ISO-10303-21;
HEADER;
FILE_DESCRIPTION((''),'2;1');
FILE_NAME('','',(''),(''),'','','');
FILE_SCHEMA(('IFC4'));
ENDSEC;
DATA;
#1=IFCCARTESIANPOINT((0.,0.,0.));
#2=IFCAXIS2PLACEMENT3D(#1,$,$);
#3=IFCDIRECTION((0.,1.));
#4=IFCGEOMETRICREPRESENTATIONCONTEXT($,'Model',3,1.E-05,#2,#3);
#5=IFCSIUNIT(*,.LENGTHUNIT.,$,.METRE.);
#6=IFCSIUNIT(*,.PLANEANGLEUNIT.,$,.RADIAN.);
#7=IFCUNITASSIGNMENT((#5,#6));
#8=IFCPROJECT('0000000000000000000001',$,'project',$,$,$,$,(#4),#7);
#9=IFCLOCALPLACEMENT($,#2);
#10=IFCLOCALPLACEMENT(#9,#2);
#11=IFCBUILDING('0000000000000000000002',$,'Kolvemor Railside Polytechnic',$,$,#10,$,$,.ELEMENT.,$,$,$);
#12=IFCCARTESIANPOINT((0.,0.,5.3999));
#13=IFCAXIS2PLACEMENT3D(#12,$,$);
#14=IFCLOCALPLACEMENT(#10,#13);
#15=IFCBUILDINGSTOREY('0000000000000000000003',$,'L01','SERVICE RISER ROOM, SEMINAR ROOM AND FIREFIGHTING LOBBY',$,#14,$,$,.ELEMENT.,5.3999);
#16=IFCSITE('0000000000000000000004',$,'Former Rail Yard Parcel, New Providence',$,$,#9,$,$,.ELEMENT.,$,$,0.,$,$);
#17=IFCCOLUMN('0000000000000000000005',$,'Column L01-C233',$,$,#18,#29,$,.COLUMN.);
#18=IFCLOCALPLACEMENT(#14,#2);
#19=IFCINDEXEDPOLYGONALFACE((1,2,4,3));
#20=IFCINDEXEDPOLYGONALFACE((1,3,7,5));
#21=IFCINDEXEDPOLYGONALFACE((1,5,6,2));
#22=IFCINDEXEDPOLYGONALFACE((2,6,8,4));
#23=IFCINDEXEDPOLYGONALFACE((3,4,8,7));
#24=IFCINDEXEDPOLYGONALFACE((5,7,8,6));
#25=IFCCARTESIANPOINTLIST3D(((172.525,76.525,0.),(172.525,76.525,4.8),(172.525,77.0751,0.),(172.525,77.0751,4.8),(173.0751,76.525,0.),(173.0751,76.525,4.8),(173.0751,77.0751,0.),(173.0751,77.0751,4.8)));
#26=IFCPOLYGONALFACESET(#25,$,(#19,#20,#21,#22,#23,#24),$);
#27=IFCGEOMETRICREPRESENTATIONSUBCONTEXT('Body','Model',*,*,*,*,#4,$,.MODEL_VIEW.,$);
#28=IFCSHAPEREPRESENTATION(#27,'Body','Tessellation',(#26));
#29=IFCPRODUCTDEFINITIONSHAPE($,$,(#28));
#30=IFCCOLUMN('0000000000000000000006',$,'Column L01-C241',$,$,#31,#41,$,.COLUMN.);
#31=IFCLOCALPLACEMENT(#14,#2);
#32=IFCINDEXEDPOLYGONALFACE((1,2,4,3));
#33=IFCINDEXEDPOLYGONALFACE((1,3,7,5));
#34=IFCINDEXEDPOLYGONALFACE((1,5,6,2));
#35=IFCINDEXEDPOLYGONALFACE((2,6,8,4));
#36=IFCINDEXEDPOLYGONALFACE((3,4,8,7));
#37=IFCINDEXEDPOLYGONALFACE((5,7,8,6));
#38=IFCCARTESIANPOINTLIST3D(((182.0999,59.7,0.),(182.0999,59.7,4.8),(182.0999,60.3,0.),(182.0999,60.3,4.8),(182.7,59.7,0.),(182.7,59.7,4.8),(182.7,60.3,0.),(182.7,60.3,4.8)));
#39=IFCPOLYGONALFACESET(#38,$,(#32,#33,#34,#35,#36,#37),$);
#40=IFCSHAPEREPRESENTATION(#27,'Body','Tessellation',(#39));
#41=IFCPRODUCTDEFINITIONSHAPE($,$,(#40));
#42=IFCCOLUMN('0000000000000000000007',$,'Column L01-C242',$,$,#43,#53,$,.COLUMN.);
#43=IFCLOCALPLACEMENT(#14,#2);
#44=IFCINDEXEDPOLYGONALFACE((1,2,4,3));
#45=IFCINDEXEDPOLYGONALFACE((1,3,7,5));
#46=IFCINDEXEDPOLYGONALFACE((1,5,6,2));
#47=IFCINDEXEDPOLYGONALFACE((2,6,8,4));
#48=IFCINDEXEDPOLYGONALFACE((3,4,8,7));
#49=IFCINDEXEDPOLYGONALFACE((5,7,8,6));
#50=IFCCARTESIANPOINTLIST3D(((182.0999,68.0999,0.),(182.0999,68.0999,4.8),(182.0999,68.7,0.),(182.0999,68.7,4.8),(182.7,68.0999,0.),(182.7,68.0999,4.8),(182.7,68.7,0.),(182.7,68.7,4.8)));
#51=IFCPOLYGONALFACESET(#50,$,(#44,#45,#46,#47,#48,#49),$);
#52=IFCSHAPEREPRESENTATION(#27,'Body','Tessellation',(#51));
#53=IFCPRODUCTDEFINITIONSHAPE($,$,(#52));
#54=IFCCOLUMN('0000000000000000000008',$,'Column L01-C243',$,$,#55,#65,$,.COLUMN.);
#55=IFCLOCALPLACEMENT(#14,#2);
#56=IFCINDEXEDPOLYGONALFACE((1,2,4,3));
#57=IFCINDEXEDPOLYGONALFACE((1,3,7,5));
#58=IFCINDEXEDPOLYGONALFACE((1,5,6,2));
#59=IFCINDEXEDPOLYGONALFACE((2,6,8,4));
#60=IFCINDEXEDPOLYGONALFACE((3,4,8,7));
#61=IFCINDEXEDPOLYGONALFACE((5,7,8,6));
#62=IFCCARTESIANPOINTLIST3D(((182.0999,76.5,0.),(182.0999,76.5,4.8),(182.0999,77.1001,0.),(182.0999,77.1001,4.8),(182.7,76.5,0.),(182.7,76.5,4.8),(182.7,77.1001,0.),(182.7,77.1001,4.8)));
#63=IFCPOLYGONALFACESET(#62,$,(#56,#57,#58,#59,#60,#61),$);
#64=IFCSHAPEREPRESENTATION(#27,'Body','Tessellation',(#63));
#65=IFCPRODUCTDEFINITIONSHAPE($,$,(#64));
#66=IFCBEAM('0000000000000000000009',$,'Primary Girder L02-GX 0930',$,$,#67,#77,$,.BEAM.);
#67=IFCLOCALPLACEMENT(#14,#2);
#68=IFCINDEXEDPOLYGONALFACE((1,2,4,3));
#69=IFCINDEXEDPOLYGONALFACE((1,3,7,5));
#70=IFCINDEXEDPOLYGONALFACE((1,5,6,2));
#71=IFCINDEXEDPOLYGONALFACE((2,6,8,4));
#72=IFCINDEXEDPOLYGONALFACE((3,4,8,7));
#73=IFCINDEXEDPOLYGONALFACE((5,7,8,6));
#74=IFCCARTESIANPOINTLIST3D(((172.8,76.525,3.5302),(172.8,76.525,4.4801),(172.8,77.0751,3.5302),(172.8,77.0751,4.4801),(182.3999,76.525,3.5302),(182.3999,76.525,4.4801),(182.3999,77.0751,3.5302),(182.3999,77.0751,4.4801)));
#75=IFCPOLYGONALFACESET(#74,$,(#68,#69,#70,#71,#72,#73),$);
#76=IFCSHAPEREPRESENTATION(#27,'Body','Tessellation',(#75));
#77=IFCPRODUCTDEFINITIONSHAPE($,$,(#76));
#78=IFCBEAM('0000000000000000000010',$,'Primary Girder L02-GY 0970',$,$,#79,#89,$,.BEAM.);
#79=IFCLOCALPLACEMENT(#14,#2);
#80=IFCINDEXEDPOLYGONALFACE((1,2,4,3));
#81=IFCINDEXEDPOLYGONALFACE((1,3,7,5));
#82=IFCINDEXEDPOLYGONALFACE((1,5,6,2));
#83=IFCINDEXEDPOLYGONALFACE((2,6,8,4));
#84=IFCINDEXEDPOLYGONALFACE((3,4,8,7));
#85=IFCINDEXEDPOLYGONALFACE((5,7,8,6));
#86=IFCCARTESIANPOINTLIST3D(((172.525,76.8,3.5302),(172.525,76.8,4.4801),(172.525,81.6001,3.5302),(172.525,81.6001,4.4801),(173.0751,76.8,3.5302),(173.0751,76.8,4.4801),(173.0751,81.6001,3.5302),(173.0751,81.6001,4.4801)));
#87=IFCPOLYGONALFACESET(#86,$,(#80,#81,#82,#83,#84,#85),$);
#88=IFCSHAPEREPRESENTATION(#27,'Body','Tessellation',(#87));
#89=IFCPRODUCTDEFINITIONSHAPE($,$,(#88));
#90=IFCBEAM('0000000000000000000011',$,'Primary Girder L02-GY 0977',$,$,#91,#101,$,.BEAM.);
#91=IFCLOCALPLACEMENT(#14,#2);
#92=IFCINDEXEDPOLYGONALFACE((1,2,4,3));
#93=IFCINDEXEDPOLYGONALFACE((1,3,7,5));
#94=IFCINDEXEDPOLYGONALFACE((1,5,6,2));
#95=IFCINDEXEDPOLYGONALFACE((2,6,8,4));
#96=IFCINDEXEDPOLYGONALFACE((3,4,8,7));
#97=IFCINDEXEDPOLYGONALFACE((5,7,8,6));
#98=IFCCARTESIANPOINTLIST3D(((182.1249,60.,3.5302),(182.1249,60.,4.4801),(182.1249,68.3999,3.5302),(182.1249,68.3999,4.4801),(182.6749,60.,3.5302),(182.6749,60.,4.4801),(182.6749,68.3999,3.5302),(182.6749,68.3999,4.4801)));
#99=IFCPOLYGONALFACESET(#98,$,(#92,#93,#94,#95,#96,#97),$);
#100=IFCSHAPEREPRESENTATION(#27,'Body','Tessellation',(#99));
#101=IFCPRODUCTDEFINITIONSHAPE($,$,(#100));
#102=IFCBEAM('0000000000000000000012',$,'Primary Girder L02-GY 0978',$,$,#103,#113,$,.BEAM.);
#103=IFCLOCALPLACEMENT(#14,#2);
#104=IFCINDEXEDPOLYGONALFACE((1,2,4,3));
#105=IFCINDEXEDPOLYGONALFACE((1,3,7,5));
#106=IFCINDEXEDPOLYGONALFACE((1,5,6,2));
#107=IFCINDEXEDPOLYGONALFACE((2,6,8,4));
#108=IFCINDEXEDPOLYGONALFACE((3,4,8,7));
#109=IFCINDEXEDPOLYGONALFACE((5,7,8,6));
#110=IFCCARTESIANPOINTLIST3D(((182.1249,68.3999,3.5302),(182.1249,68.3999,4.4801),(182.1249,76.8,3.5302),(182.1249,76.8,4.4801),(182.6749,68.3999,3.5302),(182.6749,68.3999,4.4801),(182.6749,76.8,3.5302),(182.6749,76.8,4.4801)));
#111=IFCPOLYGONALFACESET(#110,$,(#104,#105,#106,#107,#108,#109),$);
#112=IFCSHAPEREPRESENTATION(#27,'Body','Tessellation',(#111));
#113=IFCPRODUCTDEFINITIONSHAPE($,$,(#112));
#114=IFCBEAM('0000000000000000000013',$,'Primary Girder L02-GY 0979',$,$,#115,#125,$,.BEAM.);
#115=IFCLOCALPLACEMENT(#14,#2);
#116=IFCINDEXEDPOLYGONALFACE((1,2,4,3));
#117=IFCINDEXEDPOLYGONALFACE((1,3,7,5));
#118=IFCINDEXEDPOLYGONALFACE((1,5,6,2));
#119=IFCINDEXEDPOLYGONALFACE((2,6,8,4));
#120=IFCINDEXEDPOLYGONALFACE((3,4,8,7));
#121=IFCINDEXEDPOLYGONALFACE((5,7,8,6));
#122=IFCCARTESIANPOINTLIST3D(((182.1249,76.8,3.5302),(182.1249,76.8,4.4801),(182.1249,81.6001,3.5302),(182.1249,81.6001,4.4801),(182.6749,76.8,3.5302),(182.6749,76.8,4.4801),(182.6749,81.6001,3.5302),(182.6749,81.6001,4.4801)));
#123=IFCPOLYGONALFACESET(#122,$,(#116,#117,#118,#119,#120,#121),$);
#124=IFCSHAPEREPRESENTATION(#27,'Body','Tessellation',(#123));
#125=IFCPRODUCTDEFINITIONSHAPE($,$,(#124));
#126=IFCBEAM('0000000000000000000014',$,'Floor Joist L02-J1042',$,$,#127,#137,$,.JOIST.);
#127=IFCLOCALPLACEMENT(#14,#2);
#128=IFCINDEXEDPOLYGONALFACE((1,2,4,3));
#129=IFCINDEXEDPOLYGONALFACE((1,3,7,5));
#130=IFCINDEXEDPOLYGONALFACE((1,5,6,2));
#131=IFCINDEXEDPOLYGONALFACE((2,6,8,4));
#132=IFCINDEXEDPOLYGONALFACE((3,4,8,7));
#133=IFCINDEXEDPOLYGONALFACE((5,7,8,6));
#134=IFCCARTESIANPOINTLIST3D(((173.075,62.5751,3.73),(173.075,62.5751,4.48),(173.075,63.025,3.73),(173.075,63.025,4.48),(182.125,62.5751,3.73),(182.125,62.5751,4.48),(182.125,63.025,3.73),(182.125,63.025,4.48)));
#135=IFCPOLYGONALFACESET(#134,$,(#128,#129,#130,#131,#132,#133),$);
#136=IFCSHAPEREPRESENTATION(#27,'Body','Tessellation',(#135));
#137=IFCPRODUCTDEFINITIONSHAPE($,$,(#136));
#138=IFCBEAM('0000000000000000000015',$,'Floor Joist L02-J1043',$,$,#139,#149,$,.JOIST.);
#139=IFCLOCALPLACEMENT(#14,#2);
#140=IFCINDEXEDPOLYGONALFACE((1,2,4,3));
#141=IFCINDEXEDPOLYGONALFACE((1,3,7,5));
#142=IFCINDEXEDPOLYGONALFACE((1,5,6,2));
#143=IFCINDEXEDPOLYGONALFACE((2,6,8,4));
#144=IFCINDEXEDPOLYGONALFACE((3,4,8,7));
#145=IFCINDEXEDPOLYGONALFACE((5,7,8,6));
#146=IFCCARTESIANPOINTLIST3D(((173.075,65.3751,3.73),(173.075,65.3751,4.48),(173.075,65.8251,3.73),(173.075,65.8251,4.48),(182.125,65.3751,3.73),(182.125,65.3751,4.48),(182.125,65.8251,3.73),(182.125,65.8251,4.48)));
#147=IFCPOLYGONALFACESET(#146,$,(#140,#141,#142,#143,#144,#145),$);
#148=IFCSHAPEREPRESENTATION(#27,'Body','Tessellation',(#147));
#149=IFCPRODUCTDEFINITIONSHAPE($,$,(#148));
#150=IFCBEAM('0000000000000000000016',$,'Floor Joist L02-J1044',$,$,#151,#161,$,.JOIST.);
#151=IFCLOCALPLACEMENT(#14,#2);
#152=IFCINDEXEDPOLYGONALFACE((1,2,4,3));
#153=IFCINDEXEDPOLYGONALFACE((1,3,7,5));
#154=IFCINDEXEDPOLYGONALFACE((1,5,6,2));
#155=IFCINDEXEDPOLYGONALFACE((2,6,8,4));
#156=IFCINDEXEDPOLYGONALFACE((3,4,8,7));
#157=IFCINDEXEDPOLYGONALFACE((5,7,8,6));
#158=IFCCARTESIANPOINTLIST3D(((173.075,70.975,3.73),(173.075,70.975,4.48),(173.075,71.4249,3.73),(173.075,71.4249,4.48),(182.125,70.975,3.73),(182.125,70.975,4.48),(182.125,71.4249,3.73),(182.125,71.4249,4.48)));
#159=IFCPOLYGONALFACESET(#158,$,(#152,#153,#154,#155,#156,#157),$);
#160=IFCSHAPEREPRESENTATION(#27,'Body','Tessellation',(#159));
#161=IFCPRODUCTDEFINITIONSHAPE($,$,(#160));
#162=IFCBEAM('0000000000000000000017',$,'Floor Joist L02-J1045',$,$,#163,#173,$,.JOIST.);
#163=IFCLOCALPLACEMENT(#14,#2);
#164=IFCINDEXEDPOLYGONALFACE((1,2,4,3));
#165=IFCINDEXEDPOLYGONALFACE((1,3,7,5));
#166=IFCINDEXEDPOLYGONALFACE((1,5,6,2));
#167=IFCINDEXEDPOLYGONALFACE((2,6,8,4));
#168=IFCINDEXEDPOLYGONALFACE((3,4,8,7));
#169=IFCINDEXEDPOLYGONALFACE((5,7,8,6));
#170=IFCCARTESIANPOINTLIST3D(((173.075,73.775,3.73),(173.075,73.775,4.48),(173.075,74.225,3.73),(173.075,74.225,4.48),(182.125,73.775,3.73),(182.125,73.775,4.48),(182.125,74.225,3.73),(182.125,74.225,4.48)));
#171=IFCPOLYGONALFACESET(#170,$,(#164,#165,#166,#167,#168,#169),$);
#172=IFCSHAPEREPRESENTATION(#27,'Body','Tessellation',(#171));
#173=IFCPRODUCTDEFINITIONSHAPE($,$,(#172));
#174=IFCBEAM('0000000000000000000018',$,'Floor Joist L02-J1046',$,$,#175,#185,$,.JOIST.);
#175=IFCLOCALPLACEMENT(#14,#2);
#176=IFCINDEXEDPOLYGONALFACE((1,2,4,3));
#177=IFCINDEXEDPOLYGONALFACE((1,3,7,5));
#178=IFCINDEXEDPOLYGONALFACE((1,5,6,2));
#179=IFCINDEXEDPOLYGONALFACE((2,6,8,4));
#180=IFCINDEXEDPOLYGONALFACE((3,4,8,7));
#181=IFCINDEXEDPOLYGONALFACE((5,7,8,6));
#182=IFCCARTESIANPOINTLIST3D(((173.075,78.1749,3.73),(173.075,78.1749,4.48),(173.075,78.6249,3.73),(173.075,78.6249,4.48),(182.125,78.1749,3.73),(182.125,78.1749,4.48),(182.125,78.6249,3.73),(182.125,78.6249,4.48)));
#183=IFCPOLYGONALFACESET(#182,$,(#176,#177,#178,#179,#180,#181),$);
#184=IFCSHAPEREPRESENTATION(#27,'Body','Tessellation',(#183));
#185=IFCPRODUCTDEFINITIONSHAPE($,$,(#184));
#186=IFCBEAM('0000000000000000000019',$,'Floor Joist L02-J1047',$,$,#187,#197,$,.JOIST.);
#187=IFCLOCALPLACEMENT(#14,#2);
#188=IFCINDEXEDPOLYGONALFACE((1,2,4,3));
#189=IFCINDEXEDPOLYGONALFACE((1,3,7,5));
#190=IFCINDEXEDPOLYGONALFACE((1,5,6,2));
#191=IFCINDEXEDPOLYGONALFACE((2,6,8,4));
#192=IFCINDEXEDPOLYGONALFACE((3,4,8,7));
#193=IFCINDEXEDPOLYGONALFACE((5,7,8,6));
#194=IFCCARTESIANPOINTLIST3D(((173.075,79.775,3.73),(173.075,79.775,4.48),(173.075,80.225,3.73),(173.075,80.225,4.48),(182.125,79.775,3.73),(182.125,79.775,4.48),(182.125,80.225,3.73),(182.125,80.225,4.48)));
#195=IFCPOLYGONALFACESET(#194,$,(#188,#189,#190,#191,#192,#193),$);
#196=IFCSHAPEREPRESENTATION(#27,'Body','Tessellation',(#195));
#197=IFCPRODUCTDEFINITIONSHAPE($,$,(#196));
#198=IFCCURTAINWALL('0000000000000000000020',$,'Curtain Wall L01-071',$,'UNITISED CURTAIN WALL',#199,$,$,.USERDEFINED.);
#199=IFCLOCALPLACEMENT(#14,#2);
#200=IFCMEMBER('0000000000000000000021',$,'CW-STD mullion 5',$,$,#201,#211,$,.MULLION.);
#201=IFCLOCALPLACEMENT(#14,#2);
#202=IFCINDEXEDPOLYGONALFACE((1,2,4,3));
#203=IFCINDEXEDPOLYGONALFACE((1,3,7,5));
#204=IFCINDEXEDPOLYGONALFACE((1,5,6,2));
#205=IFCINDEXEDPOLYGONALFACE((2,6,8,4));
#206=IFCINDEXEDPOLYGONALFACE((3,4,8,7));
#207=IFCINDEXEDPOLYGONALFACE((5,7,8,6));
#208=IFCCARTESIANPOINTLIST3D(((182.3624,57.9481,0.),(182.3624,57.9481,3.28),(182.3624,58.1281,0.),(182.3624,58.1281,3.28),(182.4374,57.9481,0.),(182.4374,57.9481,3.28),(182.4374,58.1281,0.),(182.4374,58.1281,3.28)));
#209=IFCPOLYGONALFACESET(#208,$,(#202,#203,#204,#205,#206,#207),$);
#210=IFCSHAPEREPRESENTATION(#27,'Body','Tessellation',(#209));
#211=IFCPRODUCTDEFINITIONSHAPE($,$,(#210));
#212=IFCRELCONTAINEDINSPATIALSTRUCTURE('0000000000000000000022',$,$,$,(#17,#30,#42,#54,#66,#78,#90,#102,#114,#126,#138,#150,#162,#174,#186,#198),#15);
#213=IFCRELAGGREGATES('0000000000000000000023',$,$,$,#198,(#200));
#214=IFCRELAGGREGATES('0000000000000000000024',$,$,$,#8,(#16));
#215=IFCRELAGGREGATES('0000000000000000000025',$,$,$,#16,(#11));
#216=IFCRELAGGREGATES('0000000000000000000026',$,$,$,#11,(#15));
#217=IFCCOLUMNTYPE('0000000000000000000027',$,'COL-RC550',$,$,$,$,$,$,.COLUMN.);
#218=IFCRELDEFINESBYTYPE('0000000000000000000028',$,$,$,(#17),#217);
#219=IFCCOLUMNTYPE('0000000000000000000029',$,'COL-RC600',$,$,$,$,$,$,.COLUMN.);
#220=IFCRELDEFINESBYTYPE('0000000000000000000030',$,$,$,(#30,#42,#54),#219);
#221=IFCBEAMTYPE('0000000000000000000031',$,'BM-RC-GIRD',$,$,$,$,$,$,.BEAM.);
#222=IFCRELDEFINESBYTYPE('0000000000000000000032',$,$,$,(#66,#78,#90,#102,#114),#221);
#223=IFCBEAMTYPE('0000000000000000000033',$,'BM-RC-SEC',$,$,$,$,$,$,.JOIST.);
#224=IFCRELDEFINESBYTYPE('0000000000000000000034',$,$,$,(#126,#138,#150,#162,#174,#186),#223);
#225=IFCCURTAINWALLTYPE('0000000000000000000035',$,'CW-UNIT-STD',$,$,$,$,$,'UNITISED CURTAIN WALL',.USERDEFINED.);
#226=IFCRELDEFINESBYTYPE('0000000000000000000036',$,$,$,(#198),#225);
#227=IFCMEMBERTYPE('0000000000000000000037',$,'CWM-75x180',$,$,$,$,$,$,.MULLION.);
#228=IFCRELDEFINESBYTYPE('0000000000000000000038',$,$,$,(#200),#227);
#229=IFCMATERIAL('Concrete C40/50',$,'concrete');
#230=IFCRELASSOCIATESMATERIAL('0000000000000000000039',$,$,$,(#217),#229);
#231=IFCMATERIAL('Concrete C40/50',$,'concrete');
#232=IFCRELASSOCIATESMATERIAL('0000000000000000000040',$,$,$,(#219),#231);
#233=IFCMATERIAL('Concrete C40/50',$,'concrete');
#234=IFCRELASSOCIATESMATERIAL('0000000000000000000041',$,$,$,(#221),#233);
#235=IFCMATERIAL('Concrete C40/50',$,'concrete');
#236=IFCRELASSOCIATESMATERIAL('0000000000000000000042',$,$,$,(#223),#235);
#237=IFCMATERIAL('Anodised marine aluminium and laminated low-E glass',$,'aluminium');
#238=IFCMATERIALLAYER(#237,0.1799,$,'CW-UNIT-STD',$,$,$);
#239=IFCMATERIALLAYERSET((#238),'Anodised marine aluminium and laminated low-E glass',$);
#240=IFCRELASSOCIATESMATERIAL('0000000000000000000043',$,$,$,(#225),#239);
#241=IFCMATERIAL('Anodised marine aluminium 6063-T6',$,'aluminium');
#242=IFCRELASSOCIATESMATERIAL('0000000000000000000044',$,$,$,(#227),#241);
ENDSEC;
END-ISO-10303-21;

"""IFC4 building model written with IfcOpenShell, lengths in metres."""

from ifc_helpers import new_model, si_unit, direction, frame, origin, origin_2d, place, context, subcontext, project, spatial, rectangle, extrude, material, layer, layer_set, material_profile, profile_set, type_object, element, aggregate, save


model = new_model("IFC4")

# Units and contexts
model_context = context("Model", 3, precision=1e-05, world=origin(), true_north=direction((0.0, 1.0)))
body_context = subcontext(model_context, "Body", "Model", "MODEL_VIEW")
ifc_project = project(units=[si_unit("LENGTHUNIT", "METRE"), si_unit("PLANEANGLEUNIT", "RADIAN")], contexts=[model_context])

# Site, building, storey
site_placement = place(None, origin())
site = spatial("IfcSite", under=ifc_project, at=site_placement, Name="Former Rail Yard Parcel, New Providence", CompositionType="ELEMENT", RefElevation=0.0)
building_placement = place(site_placement, origin())
building = spatial("IfcBuilding", under=site, at=building_placement, Name="Kolvemor Railside Polytechnic", CompositionType="ELEMENT")
storey_placement = place(building_placement, frame((0.0, 0.0, 5.3999)))
storey = spatial("IfcBuildingStorey", under=building, at=storey_placement, Name="L01", Description="SERVICE RISER ROOM, SEMINAR ROOM AND FIREFIGHTING LOBBY", CompositionType="ELEMENT", Elevation=5.3999)

# Columns
ifc_material_1 = material(Name="Concrete C40/50", Category="concrete")
ifc_material_profile_1 = material_profile(ifc_material_1, rectangle(XDim=0.55, YDim=0.55, at=origin_2d()), Name="RC550x550")
ifc_profile_set_1 = profile_set([ifc_material_profile_1], Name="Concrete C40/50")
column_type_1 = type_object("IfcColumnType", Name="COL-RC550", PredefinedType="COLUMN", material=ifc_profile_set_1)
column_placement = place(storey_placement, frame((172.8, 76.8, 0.0), z_axis=(0.0, 0.0, 1.0), x_axis=(1.0, 0.0, 0.0)))
element("IfcColumn", 1, at=column_placement, inside=storey, type_object=column_type_1, Name="Column L01-C233", PredefinedType="COLUMN", context=body_context, shape_type="SweptSolid", body=[
    extrude(rectangle(XDim=0.55, YDim=0.55, at=origin_2d()), origin(), (0.0, 0.0, 1.0), 4.8),
])
ifc_material_2 = material(Name="Concrete C40/50", Category="concrete")
ifc_material_profile_2 = material_profile(ifc_material_2, rectangle(XDim=0.6001, YDim=0.6001, at=origin_2d()), Name="RC600x600")
ifc_profile_set_2 = profile_set([ifc_material_profile_2], Name="Concrete C40/50")
column_type_2 = type_object("IfcColumnType", Name="COL-RC600", PredefinedType="COLUMN", material=ifc_profile_set_2)
for number, where, z_axis, x_axis, name in (
    (2, (182.3999, 60.0, 0.0), (0.0, 0.0, 1.0), (1.0, 0.0, 0.0), "Column L01-C241"),
    (3, (182.3999, 68.3999, 0.0), (0.0, 0.0, 1.0), (1.0, 0.0, 0.0), "Column L01-C242"),
    (4, (182.3999, 76.8, 0.0), (0.0, 0.0, 1.0), (1.0, 0.0, 0.0), "Column L01-C243"),
):
    element("IfcColumn", number, at=place(storey_placement, frame(where, z_axis=z_axis, x_axis=x_axis)), inside=storey, type_object=column_type_2, Name=name, PredefinedType="COLUMN", context=body_context, shape_type="SweptSolid", body=[
        extrude(rectangle(XDim=0.6001, YDim=0.6001, at=origin_2d()), origin(), (0.0, 0.0, 1.0), 4.8),
    ])

# Beams
ifc_material_3 = material(Name="Concrete C40/50", Category="concrete")
ifc_material_profile_3 = material_profile(ifc_material_3, rectangle(XDim=0.55, YDim=0.95, at=origin_2d()), Name="RC550x950")
ifc_profile_set_3 = profile_set([ifc_material_profile_3], Name="Concrete C40/50")
beam_type_1 = type_object("IfcBeamType", Name="BM-RC-GIRD", PredefinedType="BEAM", material=ifc_profile_set_3)
beam_1_placement = place(storey_placement, frame((172.8, 76.8, 4.0051), z_axis=(1.0, 0.0, 0.0), x_axis=(0.0, 1.0, 0.0)))
element("IfcBeam", 5, at=beam_1_placement, inside=storey, type_object=beam_type_1, Name="Primary Girder L02-GX 0930", PredefinedType="BEAM", context=body_context, shape_type="SweptSolid", body=[
    extrude(rectangle(XDim=0.55, YDim=0.95, at=origin_2d()), origin(), (0.0, 0.0, 1.0), 9.5999),
])
beam_2_placement = place(storey_placement, frame((172.8, 76.8, 4.0051), z_axis=(0.0, 1.0, 0.0), x_axis=(-1.0, 0.0, 0.0)))
element("IfcBeam", 6, at=beam_2_placement, inside=storey, type_object=beam_type_1, Name="Primary Girder L02-GY 0970", PredefinedType="BEAM", context=body_context, shape_type="SweptSolid", body=[
    extrude(rectangle(XDim=0.55, YDim=0.95, at=origin_2d()), origin(), (0.0, 0.0, 1.0), 4.8),
])
beam_3_placement = place(storey_placement, frame((182.3999, 60.0, 4.0051), z_axis=(0.0, 1.0, 0.0), x_axis=(-1.0, 0.0, 0.0)))
element("IfcBeam", 7, at=beam_3_placement, inside=storey, type_object=beam_type_1, Name="Primary Girder L02-GY 0977", PredefinedType="BEAM", context=body_context, shape_type="SweptSolid", body=[
    extrude(rectangle(XDim=0.55, YDim=0.95, at=origin_2d()), origin(), (0.0, 0.0, 1.0), 8.3999),
])
beam_4_placement = place(storey_placement, frame((182.3999, 68.3999, 4.0051), z_axis=(0.0, 1.0, 0.0), x_axis=(-1.0, 0.0, 0.0)))
element("IfcBeam", 8, at=beam_4_placement, inside=storey, type_object=beam_type_1, Name="Primary Girder L02-GY 0978", PredefinedType="BEAM", context=body_context, shape_type="SweptSolid", body=[
    extrude(rectangle(XDim=0.55, YDim=0.95, at=origin_2d()), origin(), (0.0, 0.0, 1.0), 8.4001),
])
beam_5_placement = place(storey_placement, frame((182.3999, 76.8, 4.0051), z_axis=(0.0, 1.0, 0.0), x_axis=(-1.0, 0.0, 0.0)))
element("IfcBeam", 9, at=beam_5_placement, inside=storey, type_object=beam_type_1, Name="Primary Girder L02-GY 0979", PredefinedType="BEAM", context=body_context, shape_type="SweptSolid", body=[
    extrude(rectangle(XDim=0.55, YDim=0.95, at=origin_2d()), origin(), (0.0, 0.0, 1.0), 4.8),
])
ifc_material_4 = material(Name="Concrete C40/50", Category="concrete")
ifc_material_profile_4 = material_profile(ifc_material_4, rectangle(XDim=0.45, YDim=0.75, at=origin_2d()), Name="RC450x750")
ifc_profile_set_4 = profile_set([ifc_material_profile_4], Name="Concrete C40/50")
beam_type_2 = type_object("IfcBeamType", Name="BM-RC-SEC", PredefinedType="JOIST", material=ifc_profile_set_4)
for number, where, z_axis, x_axis, name in (
    (10, (173.075, 62.8, 4.105), (1.0, 0.0, 0.0), (0.0, 1.0, 0.0), "Floor Joist L02-J1042"),
    (11, (173.075, 65.6001, 4.105), (1.0, 0.0, 0.0), (0.0, 1.0, 0.0), "Floor Joist L02-J1043"),
    (12, (173.075, 71.2, 4.105), (1.0, 0.0, 0.0), (0.0, 1.0, 0.0), "Floor Joist L02-J1044"),
    (13, (173.075, 74.0, 4.105), (1.0, 0.0, 0.0), (0.0, 1.0, 0.0), "Floor Joist L02-J1045"),
    (14, (173.075, 78.3999, 4.105), (1.0, 0.0, 0.0), (0.0, 1.0, 0.0), "Floor Joist L02-J1046"),
    (15, (173.075, 80.0, 4.105), (1.0, 0.0, 0.0), (0.0, 1.0, 0.0), "Floor Joist L02-J1047"),
):
    element("IfcBeam", number, at=place(storey_placement, frame(where, z_axis=z_axis, x_axis=x_axis)), inside=storey, type_object=beam_type_2, Name=name, PredefinedType="JOIST", context=body_context, shape_type="SweptSolid", body=[
        extrude(rectangle(XDim=0.45, YDim=0.75, at=origin_2d()), origin(), (0.0, 0.0, 1.0), 9.05),
    ])

# Curtain wall, member
ifc_material_5 = material(Name="Anodised marine aluminium and laminated low-E glass", Category="aluminium")
ifc_layer_1 = layer(ifc_material_5, 0.1799, Name="CW-UNIT-STD")
ifc_layer_set_1 = layer_set([ifc_layer_1], Name="Anodised marine aluminium and laminated low-E glass")
curtain_wall_type = type_object("IfcCurtainWallType", Name="CW-UNIT-STD", ElementType="UNITISED CURTAIN WALL", PredefinedType="USERDEFINED", material=ifc_layer_set_1)
curtain_wall_placement = place(storey_placement, origin())
curtain_wall = element("IfcCurtainWall", 16, at=curtain_wall_placement, inside=storey, type_object=curtain_wall_type, Name="Curtain Wall L01-071", ObjectType="UNITISED CURTAIN WALL", PredefinedType="USERDEFINED")
ifc_material_6 = material(Name="Anodised marine aluminium 6063-T6", Category="aluminium")
ifc_material_profile_5 = material_profile(ifc_material_6, rectangle(XDim=0.075, YDim=0.1799, at=origin_2d()), Name="CW-MUL-75x180")
ifc_profile_set_5 = profile_set([ifc_material_profile_5], Name="Anodised marine aluminium 6063-T6")
member_type_1 = type_object("IfcMemberType", Name="CWM-75x180", PredefinedType="MULLION", material=ifc_profile_set_5)
member_1_placement = place(storey_placement, frame((182.3999, 58.0381, 0.0), z_axis=(0.0, 0.0, 1.0), x_axis=(-1.0, 0.0, 0.0)))
member_1 = element("IfcMember", 17, at=member_1_placement, type_object=member_type_1, Name="CW-STD mullion 5", PredefinedType="MULLION", context=body_context, shape_type="SweptSolid", body=[
    extrude(rectangle(XDim=0.075, YDim=0.1799, at=origin_2d()), origin(), (0.0, 0.0, 1.0), 3.28),
])

aggregate(curtain_wall, [member_1])

save(model, "model.ifc")
